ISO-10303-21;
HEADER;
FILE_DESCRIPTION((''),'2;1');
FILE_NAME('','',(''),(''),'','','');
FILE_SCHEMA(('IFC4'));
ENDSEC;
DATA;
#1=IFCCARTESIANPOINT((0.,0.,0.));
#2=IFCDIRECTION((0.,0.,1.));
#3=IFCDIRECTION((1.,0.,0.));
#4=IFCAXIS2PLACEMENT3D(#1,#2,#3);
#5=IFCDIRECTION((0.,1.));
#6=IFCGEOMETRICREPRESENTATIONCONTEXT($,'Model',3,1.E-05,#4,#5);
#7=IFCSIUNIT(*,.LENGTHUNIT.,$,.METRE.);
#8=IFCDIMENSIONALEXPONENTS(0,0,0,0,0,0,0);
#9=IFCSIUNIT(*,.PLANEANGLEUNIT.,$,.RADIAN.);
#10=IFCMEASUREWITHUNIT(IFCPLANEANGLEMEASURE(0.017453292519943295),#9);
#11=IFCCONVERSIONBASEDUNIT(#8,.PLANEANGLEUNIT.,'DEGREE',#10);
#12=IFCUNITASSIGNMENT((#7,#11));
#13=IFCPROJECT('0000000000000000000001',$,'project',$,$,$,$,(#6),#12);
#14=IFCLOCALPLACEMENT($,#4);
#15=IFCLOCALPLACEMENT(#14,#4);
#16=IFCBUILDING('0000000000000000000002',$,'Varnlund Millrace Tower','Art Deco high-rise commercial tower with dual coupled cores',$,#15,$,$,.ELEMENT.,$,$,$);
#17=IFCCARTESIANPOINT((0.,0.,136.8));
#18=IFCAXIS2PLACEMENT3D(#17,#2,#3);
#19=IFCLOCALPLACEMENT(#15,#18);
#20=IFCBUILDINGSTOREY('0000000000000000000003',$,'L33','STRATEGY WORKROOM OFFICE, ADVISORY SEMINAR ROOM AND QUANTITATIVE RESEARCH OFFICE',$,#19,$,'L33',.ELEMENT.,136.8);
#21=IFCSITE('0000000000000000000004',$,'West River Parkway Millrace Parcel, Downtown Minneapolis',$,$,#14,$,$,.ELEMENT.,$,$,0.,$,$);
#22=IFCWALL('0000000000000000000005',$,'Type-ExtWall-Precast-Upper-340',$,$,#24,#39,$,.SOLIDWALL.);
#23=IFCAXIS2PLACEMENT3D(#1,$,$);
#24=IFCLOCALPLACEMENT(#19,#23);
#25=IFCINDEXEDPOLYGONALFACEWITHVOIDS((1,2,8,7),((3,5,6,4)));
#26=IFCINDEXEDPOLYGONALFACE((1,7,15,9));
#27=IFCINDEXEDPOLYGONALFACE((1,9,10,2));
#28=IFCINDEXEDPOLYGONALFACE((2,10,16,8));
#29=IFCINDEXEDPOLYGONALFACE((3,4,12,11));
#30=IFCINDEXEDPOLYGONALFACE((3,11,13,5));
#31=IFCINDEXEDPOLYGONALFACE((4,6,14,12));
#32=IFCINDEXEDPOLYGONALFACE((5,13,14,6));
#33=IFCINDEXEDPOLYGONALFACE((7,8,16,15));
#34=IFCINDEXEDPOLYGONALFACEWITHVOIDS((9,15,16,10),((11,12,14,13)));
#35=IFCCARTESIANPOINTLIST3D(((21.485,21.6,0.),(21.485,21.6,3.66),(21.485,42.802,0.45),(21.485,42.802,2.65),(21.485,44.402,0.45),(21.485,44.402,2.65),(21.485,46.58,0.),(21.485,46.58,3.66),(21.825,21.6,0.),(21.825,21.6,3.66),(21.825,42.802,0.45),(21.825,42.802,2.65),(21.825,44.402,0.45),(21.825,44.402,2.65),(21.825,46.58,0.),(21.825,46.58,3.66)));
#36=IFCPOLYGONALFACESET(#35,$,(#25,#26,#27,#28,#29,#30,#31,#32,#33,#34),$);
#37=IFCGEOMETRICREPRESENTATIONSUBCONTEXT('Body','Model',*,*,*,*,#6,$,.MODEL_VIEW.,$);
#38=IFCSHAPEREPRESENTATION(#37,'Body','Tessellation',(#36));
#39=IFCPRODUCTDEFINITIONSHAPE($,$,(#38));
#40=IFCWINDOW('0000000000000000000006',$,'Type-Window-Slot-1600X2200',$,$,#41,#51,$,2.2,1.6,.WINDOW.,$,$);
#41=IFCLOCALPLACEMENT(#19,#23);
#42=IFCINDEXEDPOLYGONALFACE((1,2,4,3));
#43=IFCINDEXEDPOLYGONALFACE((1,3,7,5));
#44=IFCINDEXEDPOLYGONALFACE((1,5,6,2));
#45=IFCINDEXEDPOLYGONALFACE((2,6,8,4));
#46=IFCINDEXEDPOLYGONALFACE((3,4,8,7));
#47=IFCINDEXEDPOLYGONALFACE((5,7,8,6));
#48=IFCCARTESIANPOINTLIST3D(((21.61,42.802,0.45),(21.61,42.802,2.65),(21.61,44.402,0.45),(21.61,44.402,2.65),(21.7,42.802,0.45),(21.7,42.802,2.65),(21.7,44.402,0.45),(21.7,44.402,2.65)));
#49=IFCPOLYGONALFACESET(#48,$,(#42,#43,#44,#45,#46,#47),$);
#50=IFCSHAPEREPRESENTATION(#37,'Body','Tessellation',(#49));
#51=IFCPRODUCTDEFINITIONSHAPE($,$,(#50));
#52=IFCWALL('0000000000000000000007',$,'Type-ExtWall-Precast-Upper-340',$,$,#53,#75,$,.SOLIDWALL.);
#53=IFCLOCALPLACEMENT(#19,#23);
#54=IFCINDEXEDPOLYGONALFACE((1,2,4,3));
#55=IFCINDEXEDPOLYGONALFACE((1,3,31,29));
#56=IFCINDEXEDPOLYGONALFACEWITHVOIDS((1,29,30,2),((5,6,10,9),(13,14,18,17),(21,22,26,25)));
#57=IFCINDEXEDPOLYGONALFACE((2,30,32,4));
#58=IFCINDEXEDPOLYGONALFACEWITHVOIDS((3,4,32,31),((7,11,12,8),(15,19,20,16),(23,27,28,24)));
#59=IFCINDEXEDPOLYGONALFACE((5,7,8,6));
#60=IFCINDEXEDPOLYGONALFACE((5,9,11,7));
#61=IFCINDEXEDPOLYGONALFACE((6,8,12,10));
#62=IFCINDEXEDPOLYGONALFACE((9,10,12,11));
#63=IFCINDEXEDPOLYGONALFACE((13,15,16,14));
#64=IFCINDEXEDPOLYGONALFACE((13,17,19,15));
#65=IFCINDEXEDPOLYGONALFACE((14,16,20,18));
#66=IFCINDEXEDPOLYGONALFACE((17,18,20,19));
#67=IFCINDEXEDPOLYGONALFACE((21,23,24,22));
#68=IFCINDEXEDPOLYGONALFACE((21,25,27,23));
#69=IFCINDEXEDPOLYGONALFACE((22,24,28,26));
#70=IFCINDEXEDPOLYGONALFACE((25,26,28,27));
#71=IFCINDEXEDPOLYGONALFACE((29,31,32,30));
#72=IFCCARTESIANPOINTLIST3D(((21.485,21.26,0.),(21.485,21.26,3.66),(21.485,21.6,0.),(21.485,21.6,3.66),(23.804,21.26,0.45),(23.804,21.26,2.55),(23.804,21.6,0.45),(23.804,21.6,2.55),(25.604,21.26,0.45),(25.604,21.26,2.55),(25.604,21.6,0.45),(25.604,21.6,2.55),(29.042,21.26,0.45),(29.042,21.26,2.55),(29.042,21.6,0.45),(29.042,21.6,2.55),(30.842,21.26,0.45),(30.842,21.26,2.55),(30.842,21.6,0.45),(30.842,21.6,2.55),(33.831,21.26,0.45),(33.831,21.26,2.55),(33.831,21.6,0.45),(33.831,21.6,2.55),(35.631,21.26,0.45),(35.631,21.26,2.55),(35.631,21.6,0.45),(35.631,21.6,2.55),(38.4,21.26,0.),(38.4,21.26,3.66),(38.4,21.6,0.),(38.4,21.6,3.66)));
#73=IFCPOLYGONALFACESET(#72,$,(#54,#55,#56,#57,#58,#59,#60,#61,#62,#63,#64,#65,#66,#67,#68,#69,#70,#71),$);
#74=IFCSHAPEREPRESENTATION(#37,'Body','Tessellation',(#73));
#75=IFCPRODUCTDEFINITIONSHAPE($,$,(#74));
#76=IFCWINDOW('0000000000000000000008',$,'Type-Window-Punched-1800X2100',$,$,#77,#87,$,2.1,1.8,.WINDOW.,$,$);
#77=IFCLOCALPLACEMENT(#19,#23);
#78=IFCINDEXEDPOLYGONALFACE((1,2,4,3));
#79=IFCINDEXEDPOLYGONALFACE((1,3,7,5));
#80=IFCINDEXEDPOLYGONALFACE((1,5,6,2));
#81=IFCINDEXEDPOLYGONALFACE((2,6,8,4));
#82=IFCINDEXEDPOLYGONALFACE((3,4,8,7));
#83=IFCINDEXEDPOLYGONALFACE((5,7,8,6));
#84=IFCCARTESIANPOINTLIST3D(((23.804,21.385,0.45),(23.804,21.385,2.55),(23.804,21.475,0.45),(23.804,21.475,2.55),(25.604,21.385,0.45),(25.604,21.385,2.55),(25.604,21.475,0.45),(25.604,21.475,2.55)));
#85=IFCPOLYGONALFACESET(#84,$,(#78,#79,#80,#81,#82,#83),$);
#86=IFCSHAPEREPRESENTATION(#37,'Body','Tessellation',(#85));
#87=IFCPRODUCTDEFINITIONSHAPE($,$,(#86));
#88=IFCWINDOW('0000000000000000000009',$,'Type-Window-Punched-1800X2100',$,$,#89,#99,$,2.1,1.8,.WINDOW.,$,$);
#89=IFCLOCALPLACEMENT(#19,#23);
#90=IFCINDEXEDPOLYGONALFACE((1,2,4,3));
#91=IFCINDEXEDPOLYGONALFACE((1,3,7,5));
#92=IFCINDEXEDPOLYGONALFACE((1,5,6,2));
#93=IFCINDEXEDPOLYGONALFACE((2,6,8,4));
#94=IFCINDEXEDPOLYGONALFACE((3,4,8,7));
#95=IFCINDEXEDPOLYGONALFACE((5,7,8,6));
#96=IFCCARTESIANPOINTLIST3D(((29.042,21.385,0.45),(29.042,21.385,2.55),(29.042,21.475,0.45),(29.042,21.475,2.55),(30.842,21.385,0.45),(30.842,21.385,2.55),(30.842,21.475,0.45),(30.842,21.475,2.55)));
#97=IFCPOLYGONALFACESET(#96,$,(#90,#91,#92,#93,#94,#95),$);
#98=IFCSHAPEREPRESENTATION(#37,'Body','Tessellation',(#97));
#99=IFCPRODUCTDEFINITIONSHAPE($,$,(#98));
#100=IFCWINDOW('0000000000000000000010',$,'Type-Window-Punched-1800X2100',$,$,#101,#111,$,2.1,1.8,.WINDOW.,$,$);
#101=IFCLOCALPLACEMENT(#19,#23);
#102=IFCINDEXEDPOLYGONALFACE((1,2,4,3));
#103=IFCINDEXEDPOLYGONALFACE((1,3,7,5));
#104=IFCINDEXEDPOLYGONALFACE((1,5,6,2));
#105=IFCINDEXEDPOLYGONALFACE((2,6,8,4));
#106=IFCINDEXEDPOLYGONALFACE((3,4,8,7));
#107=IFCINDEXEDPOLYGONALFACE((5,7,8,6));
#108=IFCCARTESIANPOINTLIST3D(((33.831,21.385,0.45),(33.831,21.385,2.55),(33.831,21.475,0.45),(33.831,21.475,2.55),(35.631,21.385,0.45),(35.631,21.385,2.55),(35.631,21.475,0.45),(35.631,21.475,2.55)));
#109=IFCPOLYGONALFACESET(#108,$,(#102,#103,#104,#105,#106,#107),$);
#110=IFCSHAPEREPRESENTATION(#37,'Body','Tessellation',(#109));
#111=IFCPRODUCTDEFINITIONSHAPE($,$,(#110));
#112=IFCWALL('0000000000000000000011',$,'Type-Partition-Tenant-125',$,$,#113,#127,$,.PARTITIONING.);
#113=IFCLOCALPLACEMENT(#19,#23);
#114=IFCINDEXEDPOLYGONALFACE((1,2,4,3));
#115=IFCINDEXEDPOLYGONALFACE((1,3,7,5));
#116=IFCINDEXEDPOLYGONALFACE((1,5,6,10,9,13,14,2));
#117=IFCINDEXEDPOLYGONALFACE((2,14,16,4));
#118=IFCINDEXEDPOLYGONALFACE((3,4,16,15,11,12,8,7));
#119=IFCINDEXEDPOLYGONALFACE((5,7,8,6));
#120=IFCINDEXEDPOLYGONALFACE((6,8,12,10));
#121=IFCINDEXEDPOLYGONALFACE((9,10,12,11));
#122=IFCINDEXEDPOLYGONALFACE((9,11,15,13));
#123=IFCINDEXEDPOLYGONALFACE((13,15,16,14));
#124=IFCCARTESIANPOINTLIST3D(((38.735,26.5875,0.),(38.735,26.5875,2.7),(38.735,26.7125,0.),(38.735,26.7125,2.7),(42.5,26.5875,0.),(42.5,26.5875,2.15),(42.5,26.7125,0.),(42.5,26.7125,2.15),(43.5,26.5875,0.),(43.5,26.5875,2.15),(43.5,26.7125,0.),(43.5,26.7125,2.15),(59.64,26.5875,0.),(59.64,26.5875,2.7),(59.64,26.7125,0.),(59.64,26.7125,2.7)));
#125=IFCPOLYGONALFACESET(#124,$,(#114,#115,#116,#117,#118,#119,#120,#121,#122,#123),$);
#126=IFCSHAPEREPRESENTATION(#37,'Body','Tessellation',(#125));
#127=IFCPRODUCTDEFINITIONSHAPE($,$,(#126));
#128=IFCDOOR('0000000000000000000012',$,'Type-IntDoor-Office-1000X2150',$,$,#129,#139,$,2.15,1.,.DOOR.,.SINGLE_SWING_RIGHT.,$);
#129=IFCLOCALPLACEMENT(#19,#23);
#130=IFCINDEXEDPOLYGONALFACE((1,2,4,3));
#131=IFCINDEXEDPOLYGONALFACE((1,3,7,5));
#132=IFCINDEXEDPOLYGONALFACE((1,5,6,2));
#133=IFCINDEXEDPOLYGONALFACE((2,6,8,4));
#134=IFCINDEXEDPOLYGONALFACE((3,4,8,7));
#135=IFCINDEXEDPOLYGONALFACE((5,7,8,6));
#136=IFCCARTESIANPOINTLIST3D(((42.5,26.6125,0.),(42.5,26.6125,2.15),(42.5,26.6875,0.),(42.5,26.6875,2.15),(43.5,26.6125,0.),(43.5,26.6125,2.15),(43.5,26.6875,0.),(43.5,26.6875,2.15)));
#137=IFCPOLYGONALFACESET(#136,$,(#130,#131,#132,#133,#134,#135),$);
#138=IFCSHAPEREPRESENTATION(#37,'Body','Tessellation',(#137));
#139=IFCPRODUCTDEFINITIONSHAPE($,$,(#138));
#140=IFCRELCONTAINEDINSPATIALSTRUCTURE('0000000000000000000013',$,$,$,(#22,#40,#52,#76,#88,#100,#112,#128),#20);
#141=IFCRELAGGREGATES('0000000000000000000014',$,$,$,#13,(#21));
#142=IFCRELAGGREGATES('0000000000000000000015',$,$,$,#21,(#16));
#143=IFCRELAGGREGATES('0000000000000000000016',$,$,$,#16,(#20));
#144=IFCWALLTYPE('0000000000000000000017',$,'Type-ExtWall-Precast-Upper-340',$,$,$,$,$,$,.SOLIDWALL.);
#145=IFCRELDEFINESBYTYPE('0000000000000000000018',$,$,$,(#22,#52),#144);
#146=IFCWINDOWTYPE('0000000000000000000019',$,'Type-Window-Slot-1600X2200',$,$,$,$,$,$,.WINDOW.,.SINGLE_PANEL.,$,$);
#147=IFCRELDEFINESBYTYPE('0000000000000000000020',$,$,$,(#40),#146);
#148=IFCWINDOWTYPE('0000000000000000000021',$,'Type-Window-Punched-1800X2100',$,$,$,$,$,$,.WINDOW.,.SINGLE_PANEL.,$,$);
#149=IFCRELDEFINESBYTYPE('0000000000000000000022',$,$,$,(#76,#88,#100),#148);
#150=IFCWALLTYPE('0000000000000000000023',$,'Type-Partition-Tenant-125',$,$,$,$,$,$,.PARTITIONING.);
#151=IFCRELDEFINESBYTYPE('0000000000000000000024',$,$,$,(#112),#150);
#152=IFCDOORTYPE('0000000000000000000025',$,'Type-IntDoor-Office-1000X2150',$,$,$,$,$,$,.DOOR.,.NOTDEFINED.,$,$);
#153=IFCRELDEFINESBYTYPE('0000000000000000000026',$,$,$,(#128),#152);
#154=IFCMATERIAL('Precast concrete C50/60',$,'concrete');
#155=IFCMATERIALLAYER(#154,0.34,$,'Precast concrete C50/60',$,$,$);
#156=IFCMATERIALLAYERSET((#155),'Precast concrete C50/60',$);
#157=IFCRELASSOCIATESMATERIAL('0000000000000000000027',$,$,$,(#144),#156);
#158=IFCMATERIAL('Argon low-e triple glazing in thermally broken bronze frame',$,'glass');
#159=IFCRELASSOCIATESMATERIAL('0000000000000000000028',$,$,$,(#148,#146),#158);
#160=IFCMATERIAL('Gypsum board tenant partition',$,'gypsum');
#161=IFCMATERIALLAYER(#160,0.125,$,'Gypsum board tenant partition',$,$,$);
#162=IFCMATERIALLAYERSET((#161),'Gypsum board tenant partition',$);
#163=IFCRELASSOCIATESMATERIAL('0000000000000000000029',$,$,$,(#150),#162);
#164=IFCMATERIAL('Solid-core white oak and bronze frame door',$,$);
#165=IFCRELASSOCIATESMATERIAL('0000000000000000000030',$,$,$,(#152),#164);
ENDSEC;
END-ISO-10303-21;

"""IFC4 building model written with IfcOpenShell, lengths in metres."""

from ifc_helpers import new_model, entity, si_unit, converted_unit, direction, frame, origin_with_axes, origin_2d_with_axis, place, context, subcontext, project, spatial, polyline, rectangle, outline, extrude, material, layer, layer_set, type_object, element, fill, save


model = new_model("IFC4")

# Units and contexts
model_context = context("Model", 3, precision=1e-05, world=origin_with_axes(), true_north=direction((0.0, 1.0)))
body_context = subcontext(model_context, "Body", "Model", "MODEL_VIEW")
ifc_project = project(units=[si_unit("LENGTHUNIT", "METRE"), converted_unit("PLANEANGLEUNIT", "DEGREE", entity("IfcPlaneAngleMeasure", 0.017453292519943295), si_unit("PLANEANGLEUNIT", "RADIAN"), dimensions=[0, 0, 0, 0, 0, 0, 0])], contexts=[model_context])

# Site, building, storey
site_placement = place(None, origin_with_axes())
site = spatial("IfcSite", under=ifc_project, at=site_placement, Name="West River Parkway Millrace Parcel, Downtown Minneapolis", CompositionType="ELEMENT", RefElevation=0.0)
building_placement = place(site_placement, origin_with_axes())
building = spatial("IfcBuilding", under=site, at=building_placement, Name="Varnlund Millrace Tower", Description="Art Deco high-rise commercial tower with dual coupled cores", CompositionType="ELEMENT")
storey_placement = place(building_placement, frame((0.0, 0.0, 136.8), z_axis=(0.0, 0.0, 1.0), x_axis=(1.0, 0.0, 0.0)))
storey = spatial("IfcBuildingStorey", under=building, at=storey_placement, Name="L33", Description="STRATEGY WORKROOM OFFICE, ADVISORY SEMINAR ROOM AND QUANTITATIVE RESEARCH OFFICE", LongName="L33", CompositionType="ELEMENT", Elevation=136.8)

# Shared definitions
ifc_material_1 = material(Name="Precast concrete C50/60", Category="concrete")
ifc_layer_1 = layer(ifc_material_1, 0.34, Name="Precast concrete C50/60")
ifc_layer_set_1 = layer_set([ifc_layer_1], Name="Precast concrete C50/60")
wall_type_1 = type_object("IfcWallType", Name="Type-ExtWall-Precast-Upper-340", PredefinedType="SOLIDWALL", material=ifc_layer_set_1)

# Shared definitions
ifc_material_2 = material(Name="Argon low-e triple glazing in thermally broken bronze frame", Category="glass")
window_type_1 = type_object("IfcWindowType", Name="Type-Window-Punched-1800X2100", PartitioningType="SINGLE_PANEL", PredefinedType="WINDOW", material=ifc_material_2)

# Wall, opening, window
wall_1_placement = place(storey_placement, frame((21.655, 46.58, 0.0), z_axis=(0.0, 0.0, 1.0), x_axis=(0.0, -1.0, 0.0)))
wall_1 = element("IfcWall", 1, at=wall_1_placement, inside=storey, type_object=wall_type_1, Name="Type-ExtWall-Precast-Upper-340", PredefinedType="SOLIDWALL", context=body_context, shape_type="SweptSolid", body=[
    extrude(outline(polyline([(0.0, -0.17), (24.98, -0.17), (24.98, 0.17), (0.0, 0.17), (0.0, -0.17)])), origin_with_axes(), (0.0, 0.0, 1.0), 3.66),
])
opening_1_placement = place(wall_1_placement, frame((2.978, 0.0, 0.45), z_axis=(0.0, 0.0, 1.0), x_axis=(1.0, 0.0, 0.0)))
opening_1 = element("IfcOpeningElement", 2, at=opening_1_placement, cuts=wall_1, PredefinedType="OPENING", context=body_context, shape_type="SweptSolid", body=[
    extrude(rectangle(XDim=1.6, YDim=0.36, at=origin_2d_with_axis()), origin_with_axes(), (0.0, 0.0, 1.0), 2.2),
])
window_type_2 = type_object("IfcWindowType", Name="Type-Window-Slot-1600X2200", PartitioningType="SINGLE_PANEL", PredefinedType="WINDOW", material=ifc_material_2)
window_1_placement = place(wall_1_placement, frame((2.978, 0.0, 0.45), z_axis=(0.0, 0.0, 1.0), x_axis=(1.0, 0.0, 0.0)))
window_1 = element("IfcWindow", 3, at=window_1_placement, inside=storey, type_object=window_type_2, Name="Type-Window-Slot-1600X2200", OverallHeight=2.2, OverallWidth=1.6, PredefinedType="WINDOW", context=body_context, shape_type="SweptSolid", body=[
    extrude(rectangle(XDim=1.6, YDim=0.09, at=origin_2d_with_axis()), origin_with_axes(), (0.0, 0.0, 1.0), 2.2),
])
fill(opening_1, window_1)

# Wall, openings, windows
wall_2_placement = place(storey_placement, frame((21.485, 21.43, 0.0), z_axis=(0.0, 0.0, 1.0), x_axis=(1.0, 0.0, 0.0)))
wall_2 = element("IfcWall", 4, at=wall_2_placement, inside=storey, type_object=wall_type_1, Name="Type-ExtWall-Precast-Upper-340", PredefinedType="SOLIDWALL", context=body_context, shape_type="SweptSolid", body=[
    extrude(outline(polyline([(0.0, -0.17), (16.915, -0.17), (16.915, 0.17), (0.0, 0.17), (0.0, -0.17)])), origin_with_axes(), (0.0, 0.0, 1.0), 3.66),
])
opening_2_placement = place(wall_2_placement, frame((3.219, 0.0, 0.45), z_axis=(0.0, 0.0, 1.0), x_axis=(1.0, 0.0, 0.0)))
opening_2 = element("IfcOpeningElement", 5, at=opening_2_placement, cuts=wall_2, PredefinedType="OPENING", context=body_context, shape_type="SweptSolid", body=[
    extrude(rectangle(XDim=1.8, YDim=0.36, at=origin_2d_with_axis()), origin_with_axes(), (0.0, 0.0, 1.0), 2.1),
])
opening_3_placement = place(wall_2_placement, frame((8.457, 0.0, 0.45), z_axis=(0.0, 0.0, 1.0), x_axis=(1.0, 0.0, 0.0)))
opening_3 = element("IfcOpeningElement", 6, at=opening_3_placement, cuts=wall_2, PredefinedType="OPENING", context=body_context, shape_type="SweptSolid", body=[
    extrude(rectangle(XDim=1.8, YDim=0.36, at=origin_2d_with_axis()), origin_with_axes(), (0.0, 0.0, 1.0), 2.1),
])
opening_4_placement = place(wall_2_placement, frame((13.246, 0.0, 0.45), z_axis=(0.0, 0.0, 1.0), x_axis=(1.0, 0.0, 0.0)))
opening_4 = element("IfcOpeningElement", 7, at=opening_4_placement, cuts=wall_2, PredefinedType="OPENING", context=body_context, shape_type="SweptSolid", body=[
    extrude(rectangle(XDim=1.8, YDim=0.36, at=origin_2d_with_axis()), origin_with_axes(), (0.0, 0.0, 1.0), 2.1),
])
window_2_placement = place(wall_2_placement, frame((3.219, 0.0, 0.45), z_axis=(0.0, 0.0, 1.0), x_axis=(1.0, 0.0, 0.0)))
window_2 = element("IfcWindow", 8, at=window_2_placement, inside=storey, type_object=window_type_1, Name="Type-Window-Punched-1800X2100", OverallHeight=2.1, OverallWidth=1.8, PredefinedType="WINDOW", context=body_context, shape_type="SweptSolid", body=[
    extrude(rectangle(XDim=1.8, YDim=0.09, at=origin_2d_with_axis()), origin_with_axes(), (0.0, 0.0, 1.0), 2.1),
])
fill(opening_2, window_2)
window_3_placement = place(wall_2_placement, frame((8.457, 0.0, 0.45), z_axis=(0.0, 0.0, 1.0), x_axis=(1.0, 0.0, 0.0)))
window_3 = element("IfcWindow", 9, at=window_3_placement, inside=storey, type_object=window_type_1, Name="Type-Window-Punched-1800X2100", OverallHeight=2.1, OverallWidth=1.8, PredefinedType="WINDOW", context=body_context, shape_type="SweptSolid", body=[
    extrude(rectangle(XDim=1.8, YDim=0.09, at=origin_2d_with_axis()), origin_with_axes(), (0.0, 0.0, 1.0), 2.1),
])
fill(opening_3, window_3)
window_4_placement = place(wall_2_placement, frame((13.246, 0.0, 0.45), z_axis=(0.0, 0.0, 1.0), x_axis=(1.0, 0.0, 0.0)))
window_4 = element("IfcWindow", 10, at=window_4_placement, inside=storey, type_object=window_type_1, Name="Type-Window-Punched-1800X2100", OverallHeight=2.1, OverallWidth=1.8, PredefinedType="WINDOW", context=body_context, shape_type="SweptSolid", body=[
    extrude(rectangle(XDim=1.8, YDim=0.09, at=origin_2d_with_axis()), origin_with_axes(), (0.0, 0.0, 1.0), 2.1),
])
fill(opening_4, window_4)

# Wall, opening, door
ifc_material_3 = material(Name="Gypsum board tenant partition", Category="gypsum")
ifc_layer_2 = layer(ifc_material_3, 0.125, Name="Gypsum board tenant partition")
ifc_layer_set_2 = layer_set([ifc_layer_2], Name="Gypsum board tenant partition")
wall_type_2 = type_object("IfcWallType", Name="Type-Partition-Tenant-125", PredefinedType="PARTITIONING", material=ifc_layer_set_2)
wall_3_placement = place(storey_placement, frame((38.735, 26.65, 0.0), z_axis=(0.0, 0.0, 1.0), x_axis=(1.0, 0.0, 0.0)))
wall_3 = element("IfcWall", 11, at=wall_3_placement, inside=storey, type_object=wall_type_2, Name="Type-Partition-Tenant-125", PredefinedType="PARTITIONING", context=body_context, shape_type="SweptSolid", body=[
    extrude(outline(polyline([(0.0, -0.0625), (20.905, -0.0625), (20.905, 0.0625), (0.0, 0.0625), (0.0, -0.0625)])), origin_with_axes(), (0.0, 0.0, 1.0), 2.7),
])
opening_5_placement = place(wall_3_placement, frame((4.265, 0.0, 0.0), z_axis=(0.0, 0.0, 1.0), x_axis=(1.0, 0.0, 0.0)))
opening_5 = element("IfcOpeningElement", 12, at=opening_5_placement, cuts=wall_3, PredefinedType="OPENING", context=body_context, shape_type="SweptSolid", body=[
    extrude(rectangle(XDim=1.0, YDim=0.145, at=origin_2d_with_axis()), origin_with_axes(), (0.0, 0.0, 1.0), 2.15),
])
ifc_material_4 = material(Name="Solid-core white oak and bronze frame door")
door_type = type_object("IfcDoorType", Name="Type-IntDoor-Office-1000X2150", OperationType="NOTDEFINED", PredefinedType="DOOR", material=ifc_material_4)
door_placement = place(wall_3_placement, frame((4.265, 0.0, 0.0), z_axis=(0.0, 0.0, 1.0), x_axis=(1.0, 0.0, 0.0)))
door = element("IfcDoor", 13, at=door_placement, inside=storey, type_object=door_type, Name="Type-IntDoor-Office-1000X2150", OperationType="SINGLE_SWING_RIGHT", OverallHeight=2.15, OverallWidth=1.0, PredefinedType="DOOR", context=body_context, shape_type="SweptSolid", body=[
    extrude(rectangle(XDim=1.0, YDim=0.075, at=origin_2d_with_axis()), origin_with_axes(), (0.0, 0.0, 1.0), 2.15),
])
fill(opening_5, door)

save(model, "model.ifc")
